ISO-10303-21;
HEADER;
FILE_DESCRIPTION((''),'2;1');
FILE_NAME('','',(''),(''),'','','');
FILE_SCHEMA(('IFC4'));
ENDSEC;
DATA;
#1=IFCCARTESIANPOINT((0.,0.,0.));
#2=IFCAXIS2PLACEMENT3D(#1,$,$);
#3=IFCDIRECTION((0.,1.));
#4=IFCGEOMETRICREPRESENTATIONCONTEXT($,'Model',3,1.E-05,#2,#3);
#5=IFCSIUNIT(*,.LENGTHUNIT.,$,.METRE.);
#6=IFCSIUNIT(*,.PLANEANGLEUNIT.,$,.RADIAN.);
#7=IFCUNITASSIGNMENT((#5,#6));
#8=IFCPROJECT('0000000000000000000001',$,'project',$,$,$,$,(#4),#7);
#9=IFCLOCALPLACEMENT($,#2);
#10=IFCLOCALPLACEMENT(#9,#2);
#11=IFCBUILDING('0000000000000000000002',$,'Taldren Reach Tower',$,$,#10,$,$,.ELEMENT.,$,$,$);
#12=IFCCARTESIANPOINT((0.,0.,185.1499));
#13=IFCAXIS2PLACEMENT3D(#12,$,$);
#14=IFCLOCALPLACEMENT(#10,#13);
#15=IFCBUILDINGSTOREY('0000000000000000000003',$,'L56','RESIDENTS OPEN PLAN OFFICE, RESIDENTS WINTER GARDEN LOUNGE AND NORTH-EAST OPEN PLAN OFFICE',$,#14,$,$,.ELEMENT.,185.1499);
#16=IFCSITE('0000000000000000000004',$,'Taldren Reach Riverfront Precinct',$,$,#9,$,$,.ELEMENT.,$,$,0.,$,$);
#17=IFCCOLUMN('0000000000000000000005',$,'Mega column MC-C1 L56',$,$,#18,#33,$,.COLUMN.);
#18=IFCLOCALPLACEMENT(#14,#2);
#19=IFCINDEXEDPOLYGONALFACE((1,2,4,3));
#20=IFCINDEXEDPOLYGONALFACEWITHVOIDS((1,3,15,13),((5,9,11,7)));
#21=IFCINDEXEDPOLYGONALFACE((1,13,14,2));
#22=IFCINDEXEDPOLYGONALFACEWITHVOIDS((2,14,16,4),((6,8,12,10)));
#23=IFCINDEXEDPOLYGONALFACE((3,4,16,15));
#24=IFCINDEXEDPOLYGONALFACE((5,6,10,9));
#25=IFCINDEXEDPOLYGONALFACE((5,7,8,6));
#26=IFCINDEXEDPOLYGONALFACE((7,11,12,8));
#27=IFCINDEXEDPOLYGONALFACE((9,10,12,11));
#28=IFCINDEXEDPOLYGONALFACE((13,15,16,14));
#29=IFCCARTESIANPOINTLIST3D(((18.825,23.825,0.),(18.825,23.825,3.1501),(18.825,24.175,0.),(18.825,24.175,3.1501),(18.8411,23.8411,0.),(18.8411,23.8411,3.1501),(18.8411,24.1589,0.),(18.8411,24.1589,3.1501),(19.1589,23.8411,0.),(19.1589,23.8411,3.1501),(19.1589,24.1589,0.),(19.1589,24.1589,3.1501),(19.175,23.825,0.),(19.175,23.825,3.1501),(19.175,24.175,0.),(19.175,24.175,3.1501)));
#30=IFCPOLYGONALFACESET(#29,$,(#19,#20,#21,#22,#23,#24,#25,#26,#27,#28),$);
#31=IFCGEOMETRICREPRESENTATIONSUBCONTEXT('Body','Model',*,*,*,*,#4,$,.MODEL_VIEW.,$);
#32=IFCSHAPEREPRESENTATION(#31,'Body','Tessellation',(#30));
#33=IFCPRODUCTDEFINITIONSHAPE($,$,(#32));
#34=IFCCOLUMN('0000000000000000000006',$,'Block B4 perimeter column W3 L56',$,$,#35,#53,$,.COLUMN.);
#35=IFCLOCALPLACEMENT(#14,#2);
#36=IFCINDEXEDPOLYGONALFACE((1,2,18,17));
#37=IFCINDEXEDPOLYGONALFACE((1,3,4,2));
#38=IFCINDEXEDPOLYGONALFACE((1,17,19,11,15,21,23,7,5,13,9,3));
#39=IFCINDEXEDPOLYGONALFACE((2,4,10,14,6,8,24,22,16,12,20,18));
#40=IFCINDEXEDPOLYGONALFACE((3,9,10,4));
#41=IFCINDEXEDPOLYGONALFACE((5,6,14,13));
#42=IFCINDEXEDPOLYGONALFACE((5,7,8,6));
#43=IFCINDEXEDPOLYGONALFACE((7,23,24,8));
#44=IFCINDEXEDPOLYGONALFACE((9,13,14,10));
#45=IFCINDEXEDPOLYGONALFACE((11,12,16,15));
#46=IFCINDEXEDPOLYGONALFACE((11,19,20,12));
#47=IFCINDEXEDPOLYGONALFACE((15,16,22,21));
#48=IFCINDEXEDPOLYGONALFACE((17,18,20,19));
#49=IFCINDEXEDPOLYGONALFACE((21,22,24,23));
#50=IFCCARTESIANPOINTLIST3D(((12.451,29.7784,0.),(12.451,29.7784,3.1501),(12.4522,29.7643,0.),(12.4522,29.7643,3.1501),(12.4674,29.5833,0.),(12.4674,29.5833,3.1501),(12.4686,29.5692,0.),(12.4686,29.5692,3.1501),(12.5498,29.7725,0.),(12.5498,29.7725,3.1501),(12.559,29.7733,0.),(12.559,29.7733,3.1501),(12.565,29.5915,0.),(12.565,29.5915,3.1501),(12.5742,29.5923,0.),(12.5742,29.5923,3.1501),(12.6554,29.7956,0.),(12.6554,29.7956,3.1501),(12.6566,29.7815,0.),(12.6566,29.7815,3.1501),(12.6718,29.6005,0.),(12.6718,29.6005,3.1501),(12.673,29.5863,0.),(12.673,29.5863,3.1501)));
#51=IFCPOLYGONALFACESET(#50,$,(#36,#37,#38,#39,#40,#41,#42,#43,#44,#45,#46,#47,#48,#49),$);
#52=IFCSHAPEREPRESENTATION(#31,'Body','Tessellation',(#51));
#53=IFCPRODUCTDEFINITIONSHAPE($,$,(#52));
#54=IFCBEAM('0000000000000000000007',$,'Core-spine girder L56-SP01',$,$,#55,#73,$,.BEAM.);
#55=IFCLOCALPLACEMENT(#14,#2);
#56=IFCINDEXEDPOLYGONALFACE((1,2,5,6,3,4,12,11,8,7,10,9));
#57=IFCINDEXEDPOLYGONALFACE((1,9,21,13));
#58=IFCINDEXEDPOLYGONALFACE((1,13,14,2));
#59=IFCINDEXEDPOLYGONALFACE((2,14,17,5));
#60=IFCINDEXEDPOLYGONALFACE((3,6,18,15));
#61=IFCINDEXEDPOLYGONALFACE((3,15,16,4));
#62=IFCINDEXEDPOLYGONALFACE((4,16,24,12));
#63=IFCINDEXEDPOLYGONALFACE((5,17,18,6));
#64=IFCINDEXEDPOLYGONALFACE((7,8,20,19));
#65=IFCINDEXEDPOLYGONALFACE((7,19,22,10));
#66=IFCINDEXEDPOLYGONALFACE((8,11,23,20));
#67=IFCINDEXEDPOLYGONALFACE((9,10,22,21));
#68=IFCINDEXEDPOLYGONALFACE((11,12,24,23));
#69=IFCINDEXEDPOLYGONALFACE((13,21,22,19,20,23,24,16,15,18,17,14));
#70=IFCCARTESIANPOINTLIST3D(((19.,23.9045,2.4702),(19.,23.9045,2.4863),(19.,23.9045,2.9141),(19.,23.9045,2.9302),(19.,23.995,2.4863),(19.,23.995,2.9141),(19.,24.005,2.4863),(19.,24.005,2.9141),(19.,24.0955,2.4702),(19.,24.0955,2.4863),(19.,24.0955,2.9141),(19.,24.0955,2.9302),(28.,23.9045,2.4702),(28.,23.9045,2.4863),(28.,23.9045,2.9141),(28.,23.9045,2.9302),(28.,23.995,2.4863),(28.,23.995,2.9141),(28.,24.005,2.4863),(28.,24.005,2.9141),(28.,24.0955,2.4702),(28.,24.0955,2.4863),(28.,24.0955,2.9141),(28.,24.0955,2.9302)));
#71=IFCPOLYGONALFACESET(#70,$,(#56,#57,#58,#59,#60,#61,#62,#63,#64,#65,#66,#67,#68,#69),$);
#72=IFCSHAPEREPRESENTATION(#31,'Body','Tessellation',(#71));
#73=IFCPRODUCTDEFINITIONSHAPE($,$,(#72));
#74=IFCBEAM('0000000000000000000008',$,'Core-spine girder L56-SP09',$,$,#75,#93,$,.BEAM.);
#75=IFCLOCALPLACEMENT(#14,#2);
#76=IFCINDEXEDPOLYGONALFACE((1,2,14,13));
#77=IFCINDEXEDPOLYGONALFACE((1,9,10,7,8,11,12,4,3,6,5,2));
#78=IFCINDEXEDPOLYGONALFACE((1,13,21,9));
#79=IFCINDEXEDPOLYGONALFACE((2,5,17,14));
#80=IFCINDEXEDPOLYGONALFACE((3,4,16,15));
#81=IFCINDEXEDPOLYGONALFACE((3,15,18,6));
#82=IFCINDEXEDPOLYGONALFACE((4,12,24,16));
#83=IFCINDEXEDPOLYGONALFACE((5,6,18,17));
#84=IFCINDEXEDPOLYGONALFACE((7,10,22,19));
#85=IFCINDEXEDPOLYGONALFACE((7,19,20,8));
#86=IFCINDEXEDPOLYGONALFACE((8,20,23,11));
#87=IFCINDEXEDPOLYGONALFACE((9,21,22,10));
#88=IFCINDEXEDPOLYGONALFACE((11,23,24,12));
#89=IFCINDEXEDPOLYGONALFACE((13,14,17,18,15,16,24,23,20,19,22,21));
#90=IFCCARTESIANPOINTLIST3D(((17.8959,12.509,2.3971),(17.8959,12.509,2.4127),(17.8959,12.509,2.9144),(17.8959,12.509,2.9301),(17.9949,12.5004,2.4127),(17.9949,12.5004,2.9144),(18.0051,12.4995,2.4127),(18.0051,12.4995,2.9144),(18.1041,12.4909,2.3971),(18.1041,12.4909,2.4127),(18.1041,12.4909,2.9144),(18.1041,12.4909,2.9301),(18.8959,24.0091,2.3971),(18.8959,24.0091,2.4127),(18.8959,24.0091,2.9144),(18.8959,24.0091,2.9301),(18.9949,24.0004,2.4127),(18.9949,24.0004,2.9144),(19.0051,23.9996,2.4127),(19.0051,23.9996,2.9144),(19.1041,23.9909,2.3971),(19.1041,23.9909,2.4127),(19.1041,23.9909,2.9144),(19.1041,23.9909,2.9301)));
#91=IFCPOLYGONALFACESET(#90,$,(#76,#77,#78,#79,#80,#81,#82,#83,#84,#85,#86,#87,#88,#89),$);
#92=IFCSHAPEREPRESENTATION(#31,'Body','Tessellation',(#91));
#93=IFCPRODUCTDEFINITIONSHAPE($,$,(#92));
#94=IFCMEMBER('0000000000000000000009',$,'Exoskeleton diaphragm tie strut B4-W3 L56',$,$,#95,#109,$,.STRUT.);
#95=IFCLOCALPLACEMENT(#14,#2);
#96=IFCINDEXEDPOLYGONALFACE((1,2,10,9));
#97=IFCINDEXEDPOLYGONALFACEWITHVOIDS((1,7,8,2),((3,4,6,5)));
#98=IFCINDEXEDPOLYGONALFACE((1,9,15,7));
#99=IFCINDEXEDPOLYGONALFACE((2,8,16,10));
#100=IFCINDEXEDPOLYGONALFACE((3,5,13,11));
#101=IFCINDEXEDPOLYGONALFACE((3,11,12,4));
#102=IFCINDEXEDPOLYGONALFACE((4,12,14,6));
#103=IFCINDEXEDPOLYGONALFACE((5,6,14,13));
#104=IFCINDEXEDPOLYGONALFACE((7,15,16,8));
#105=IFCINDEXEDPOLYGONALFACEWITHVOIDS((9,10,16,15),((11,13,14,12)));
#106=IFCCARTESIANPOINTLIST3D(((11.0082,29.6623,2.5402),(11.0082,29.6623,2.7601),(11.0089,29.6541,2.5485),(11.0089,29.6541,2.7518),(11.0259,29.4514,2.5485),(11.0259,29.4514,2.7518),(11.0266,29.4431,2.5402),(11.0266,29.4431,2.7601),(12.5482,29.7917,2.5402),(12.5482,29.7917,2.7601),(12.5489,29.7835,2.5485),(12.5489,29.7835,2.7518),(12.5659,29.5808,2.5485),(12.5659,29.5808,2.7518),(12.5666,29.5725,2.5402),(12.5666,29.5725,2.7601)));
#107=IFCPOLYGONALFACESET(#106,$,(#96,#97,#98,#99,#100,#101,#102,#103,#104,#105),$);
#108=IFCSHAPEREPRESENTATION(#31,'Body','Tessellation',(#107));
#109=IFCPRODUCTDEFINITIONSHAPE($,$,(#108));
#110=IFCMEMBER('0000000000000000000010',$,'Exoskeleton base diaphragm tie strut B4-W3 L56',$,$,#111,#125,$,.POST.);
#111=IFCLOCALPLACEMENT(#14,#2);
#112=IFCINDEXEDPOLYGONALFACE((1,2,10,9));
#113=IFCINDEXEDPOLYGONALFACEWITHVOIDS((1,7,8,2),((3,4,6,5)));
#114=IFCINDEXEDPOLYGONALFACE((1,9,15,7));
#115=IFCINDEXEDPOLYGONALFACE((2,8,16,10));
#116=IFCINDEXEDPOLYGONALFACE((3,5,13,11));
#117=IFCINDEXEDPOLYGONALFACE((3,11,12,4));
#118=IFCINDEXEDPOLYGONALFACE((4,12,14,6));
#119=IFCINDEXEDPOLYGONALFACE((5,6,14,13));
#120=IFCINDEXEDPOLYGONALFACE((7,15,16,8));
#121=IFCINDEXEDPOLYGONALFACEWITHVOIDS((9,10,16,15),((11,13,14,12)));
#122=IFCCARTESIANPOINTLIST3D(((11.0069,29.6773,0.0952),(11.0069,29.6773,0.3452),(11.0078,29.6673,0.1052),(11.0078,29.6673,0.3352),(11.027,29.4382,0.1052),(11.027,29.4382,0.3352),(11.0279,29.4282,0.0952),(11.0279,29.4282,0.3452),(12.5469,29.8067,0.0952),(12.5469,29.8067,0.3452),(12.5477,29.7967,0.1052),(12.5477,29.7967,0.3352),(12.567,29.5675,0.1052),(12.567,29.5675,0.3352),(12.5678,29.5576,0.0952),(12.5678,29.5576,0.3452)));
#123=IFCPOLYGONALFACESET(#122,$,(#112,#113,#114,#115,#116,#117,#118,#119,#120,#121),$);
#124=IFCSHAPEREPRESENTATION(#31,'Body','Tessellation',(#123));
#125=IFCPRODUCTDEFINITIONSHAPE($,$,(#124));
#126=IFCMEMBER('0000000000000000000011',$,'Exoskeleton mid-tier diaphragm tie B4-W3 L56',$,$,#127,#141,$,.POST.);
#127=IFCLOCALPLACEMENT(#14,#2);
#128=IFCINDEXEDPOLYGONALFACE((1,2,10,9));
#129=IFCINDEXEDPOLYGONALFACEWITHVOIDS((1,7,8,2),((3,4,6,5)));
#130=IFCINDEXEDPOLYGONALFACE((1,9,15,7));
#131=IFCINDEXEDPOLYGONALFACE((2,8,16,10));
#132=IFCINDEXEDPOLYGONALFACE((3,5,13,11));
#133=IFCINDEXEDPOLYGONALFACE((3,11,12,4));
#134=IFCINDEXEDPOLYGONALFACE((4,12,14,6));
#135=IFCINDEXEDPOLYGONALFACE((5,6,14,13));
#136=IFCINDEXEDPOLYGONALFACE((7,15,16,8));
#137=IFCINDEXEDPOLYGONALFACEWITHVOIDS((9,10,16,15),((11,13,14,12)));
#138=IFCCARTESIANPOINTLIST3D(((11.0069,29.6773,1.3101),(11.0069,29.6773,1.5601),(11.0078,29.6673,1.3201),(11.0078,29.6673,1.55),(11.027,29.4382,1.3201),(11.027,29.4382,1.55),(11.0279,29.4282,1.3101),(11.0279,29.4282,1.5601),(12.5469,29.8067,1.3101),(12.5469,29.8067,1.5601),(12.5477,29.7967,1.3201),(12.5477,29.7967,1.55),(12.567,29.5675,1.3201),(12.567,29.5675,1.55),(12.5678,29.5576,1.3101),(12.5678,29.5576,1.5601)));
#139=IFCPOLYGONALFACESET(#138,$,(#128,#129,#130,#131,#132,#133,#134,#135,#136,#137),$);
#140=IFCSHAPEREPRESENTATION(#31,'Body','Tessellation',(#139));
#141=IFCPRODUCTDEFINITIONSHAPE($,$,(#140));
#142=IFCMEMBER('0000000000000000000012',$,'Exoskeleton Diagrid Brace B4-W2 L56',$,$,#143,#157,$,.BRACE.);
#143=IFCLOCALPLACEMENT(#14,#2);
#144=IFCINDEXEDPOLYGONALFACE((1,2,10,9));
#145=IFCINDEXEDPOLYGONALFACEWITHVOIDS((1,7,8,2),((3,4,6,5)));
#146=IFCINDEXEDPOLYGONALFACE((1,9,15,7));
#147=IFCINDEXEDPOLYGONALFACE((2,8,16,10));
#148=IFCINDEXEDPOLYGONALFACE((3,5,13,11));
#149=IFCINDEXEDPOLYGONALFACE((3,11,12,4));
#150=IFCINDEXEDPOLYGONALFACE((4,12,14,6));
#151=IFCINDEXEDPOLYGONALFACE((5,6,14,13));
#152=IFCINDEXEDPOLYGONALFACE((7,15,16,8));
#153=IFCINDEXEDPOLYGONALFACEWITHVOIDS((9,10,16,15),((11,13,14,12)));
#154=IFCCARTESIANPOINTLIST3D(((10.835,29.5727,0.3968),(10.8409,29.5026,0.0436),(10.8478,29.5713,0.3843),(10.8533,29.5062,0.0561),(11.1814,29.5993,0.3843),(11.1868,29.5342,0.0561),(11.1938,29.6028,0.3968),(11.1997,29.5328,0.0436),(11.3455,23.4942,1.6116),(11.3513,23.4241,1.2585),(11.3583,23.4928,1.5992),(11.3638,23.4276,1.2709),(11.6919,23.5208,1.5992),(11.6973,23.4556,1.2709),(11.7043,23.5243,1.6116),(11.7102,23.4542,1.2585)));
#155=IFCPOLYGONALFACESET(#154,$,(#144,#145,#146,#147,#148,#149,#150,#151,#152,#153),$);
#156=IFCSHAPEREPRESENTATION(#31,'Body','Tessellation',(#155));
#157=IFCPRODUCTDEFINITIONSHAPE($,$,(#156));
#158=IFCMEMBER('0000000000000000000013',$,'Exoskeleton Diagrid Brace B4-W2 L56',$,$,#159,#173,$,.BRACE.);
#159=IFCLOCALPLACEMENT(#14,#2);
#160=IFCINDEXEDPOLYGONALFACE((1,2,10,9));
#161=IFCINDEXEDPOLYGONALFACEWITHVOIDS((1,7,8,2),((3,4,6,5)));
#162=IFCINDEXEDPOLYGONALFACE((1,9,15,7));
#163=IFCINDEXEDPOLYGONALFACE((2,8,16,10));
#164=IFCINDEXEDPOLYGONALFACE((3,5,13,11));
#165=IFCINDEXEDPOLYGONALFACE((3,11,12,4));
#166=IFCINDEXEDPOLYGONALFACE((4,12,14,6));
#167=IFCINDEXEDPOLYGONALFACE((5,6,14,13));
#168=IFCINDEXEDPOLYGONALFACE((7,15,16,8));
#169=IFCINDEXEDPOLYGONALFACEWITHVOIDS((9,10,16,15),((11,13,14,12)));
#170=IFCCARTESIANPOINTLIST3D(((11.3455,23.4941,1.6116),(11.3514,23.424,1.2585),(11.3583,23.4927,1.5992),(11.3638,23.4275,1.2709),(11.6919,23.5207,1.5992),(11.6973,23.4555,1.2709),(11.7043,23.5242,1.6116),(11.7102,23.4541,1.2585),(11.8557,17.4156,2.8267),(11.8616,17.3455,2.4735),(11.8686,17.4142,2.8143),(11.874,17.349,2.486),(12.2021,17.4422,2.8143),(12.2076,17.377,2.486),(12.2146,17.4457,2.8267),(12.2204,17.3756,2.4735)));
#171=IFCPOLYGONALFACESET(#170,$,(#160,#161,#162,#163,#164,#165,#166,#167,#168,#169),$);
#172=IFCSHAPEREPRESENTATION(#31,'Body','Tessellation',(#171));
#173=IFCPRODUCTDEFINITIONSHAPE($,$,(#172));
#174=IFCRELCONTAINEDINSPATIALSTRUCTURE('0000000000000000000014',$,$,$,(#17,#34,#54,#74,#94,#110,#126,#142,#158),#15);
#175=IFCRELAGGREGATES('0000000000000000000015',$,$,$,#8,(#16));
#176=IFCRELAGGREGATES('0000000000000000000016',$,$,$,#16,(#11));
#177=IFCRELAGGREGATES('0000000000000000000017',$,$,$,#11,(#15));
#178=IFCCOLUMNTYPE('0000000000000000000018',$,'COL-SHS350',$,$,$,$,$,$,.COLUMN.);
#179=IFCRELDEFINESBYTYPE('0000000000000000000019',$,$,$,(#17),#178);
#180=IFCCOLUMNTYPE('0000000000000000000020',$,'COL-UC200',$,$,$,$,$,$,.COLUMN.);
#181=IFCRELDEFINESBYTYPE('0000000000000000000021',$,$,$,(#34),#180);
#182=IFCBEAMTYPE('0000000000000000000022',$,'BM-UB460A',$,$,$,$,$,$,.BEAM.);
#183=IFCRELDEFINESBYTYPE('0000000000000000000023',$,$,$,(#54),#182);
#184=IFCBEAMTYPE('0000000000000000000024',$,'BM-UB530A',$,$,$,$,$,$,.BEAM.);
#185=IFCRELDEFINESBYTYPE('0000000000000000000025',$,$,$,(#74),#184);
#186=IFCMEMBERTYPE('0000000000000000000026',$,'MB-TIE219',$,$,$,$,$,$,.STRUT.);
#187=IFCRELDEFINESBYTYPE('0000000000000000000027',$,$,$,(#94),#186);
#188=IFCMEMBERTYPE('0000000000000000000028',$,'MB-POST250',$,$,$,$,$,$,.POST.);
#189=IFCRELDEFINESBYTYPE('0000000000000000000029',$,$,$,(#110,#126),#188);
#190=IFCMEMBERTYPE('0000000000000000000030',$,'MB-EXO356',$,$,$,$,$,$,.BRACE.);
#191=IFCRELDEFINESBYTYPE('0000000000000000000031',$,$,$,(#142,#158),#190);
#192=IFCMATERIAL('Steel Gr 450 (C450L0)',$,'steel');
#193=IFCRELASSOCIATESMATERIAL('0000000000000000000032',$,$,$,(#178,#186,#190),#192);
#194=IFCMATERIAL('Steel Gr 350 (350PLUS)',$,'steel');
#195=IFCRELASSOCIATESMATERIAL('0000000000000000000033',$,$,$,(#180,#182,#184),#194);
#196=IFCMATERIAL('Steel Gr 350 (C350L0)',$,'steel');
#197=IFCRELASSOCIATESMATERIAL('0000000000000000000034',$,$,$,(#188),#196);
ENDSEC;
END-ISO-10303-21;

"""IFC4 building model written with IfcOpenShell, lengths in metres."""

from ifc_helpers import new_model, si_unit, direction, frame, origin, origin_2d, place, context, subcontext, project, spatial, hollow_rectangle, i_section, extrude, source, transform, mapped, material, material_profile, profile_set, type_object, element, save


model = new_model("IFC4")

# Units and contexts
model_context = context("Model", 3, precision=1e-05, world=origin(), true_north=direction((0.0, 1.0)))
body_context = subcontext(model_context, "Body", "Model", "MODEL_VIEW")
ifc_project = project(units=[si_unit("LENGTHUNIT", "METRE"), si_unit("PLANEANGLEUNIT", "RADIAN")], contexts=[model_context])

# Site, building, storey
site_placement = place(None, origin())
site = spatial("IfcSite", under=ifc_project, at=site_placement, Name="Taldren Reach Riverfront Precinct", CompositionType="ELEMENT", RefElevation=0.0)
building_placement = place(site_placement, origin())
building = spatial("IfcBuilding", under=site, at=building_placement, Name="Taldren Reach Tower", CompositionType="ELEMENT")
storey_placement = place(building_placement, frame((0.0, 0.0, 185.1499)))
storey = spatial("IfcBuildingStorey", under=building, at=storey_placement, Name="L56", Description="RESIDENTS OPEN PLAN OFFICE, RESIDENTS WINTER GARDEN LOUNGE AND NORTH-EAST OPEN PLAN OFFICE", CompositionType="ELEMENT", Elevation=185.1499)

# Columns
ifc_material_1 = material(Name="Steel Gr 450 (C450L0)", Category="steel")
ifc_material_profile_1 = material_profile(ifc_material_1, hollow_rectangle(XDim=0.3501, YDim=0.3501, WallThickness=0.0161, at=origin_2d()), Name="350x350x16.0SHS")
ifc_profile_set_1 = profile_set([ifc_material_profile_1], Name="Steel Gr 450 (C450L0)")
column_type_1 = type_object("IfcColumnType", Name="COL-SHS350", PredefinedType="COLUMN", material=ifc_profile_set_1)
shared_shape_1 = source(origin(), body_context, "Body", "SweptSolid", [
    extrude(hollow_rectangle(XDim=0.3501, YDim=0.3501, WallThickness=0.0161, at=origin_2d()), origin(), (0.0, 0.0, 1.0), 3.1501),
])
column_1_placement = place(storey_placement, frame((19.0, 24.0, 0.0), z_axis=(0.0, 0.0, 1.0), x_axis=(1.0, 0.0, 0.0)))
element("IfcColumn", 1, at=column_1_placement, inside=storey, type_object=column_type_1, Name="Mega column MC-C1 L56", PredefinedType="COLUMN", context=body_context, shape_type="MappedRepresentation", body=[
    mapped(shared_shape_1, transform((0.0, 0.0, 0.0), scale=1.0)),
])
ifc_material_2 = material(Name="Steel Gr 350 (350PLUS)", Category="steel")
ifc_material_profile_2 = material_profile(ifc_material_2, i_section(OverallWidth=0.2051, OverallDepth=0.21, WebThickness=0.0093, FlangeThickness=0.0142, at=origin_2d()), Name="200UC59.5")
ifc_profile_set_2 = profile_set([ifc_material_profile_2], Name="Steel Gr 350 (350PLUS)")
column_type_2 = type_object("IfcColumnType", Name="COL-UC200", PredefinedType="COLUMN", material=ifc_profile_set_2)
shared_shape_2 = source(origin(), body_context, "Body", "SweptSolid", [
    extrude(i_section(OverallWidth=0.2051, OverallDepth=0.21, WebThickness=0.0093, FlangeThickness=0.0142, at=origin_2d()), origin(), (0.0, 0.0, 1.0), 3.1501),
])
column_2_placement = place(storey_placement, frame((12.562, 29.6824, 0.0), z_axis=(0.0, 0.0, 1.0), x_axis=(0.996493, 0.083678, 0.0)))
element("IfcColumn", 2, at=column_2_placement, inside=storey, type_object=column_type_2, Name="Block B4 perimeter column W3 L56", PredefinedType="COLUMN", context=body_context, shape_type="MappedRepresentation", body=[
    mapped(shared_shape_2, transform((0.0, 0.0, 0.0), scale=1.0)),
])

# Beams
ifc_material_profile_3 = material_profile(ifc_material_2, i_section(OverallWidth=0.1909, OverallDepth=0.46, WebThickness=0.01, FlangeThickness=0.0161, at=origin_2d()), Name="460UB82.1")
ifc_profile_set_3 = profile_set([ifc_material_profile_3], Name="Steel Gr 350 (350PLUS)")
beam_type_1 = type_object("IfcBeamType", Name="BM-UB460A", PredefinedType="BEAM", material=ifc_profile_set_3)
shared_shape_3 = source(origin(), body_context, "Body", "SweptSolid", [
    extrude(i_section(OverallWidth=0.1909, OverallDepth=0.46, WebThickness=0.01, FlangeThickness=0.0161, at=origin_2d()), origin(), (0.0, 0.0, 1.0), 9.0),
])
beam_1_placement = place(storey_placement, frame((19.0, 24.0, 2.7002), z_axis=(1.0, 0.0, 0.0), x_axis=(0.0, 1.0, 0.0)))
element("IfcBeam", 3, at=beam_1_placement, inside=storey, type_object=beam_type_1, Name="Core-spine girder L56-SP01", PredefinedType="BEAM", context=body_context, shape_type="MappedRepresentation", body=[
    mapped(shared_shape_3, transform((0.0, 0.0, 0.0), scale=1.0)),
])
ifc_material_profile_4 = material_profile(ifc_material_2, i_section(OverallWidth=0.209, OverallDepth=0.533, WebThickness=0.0103, FlangeThickness=0.0156, at=origin_2d()), Name="530UB92.4")
ifc_profile_set_4 = profile_set([ifc_material_profile_4], Name="Steel Gr 350 (350PLUS)")
beam_type_2 = type_object("IfcBeamType", Name="BM-UB530A", PredefinedType="BEAM", material=ifc_profile_set_4)
shared_shape_4 = source(origin(), body_context, "Body", "SweptSolid", [
    extrude(i_section(OverallWidth=0.209, OverallDepth=0.533, WebThickness=0.0103, FlangeThickness=0.0156, at=origin_2d()), origin(), (0.0, 0.0, 1.0), 11.5435),
])
beam_2_placement = place(storey_placement, frame((19.0, 24.0, 2.6636), z_axis=(-0.08663, -0.996241, 0.0), x_axis=(0.996241, -0.08663, 0.0)))
element("IfcBeam", 4, at=beam_2_placement, inside=storey, type_object=beam_type_2, Name="Core-spine girder L56-SP09", PredefinedType="BEAM", context=body_context, shape_type="MappedRepresentation", body=[
    mapped(shared_shape_4, transform((0.0, 0.0, 0.0), scale=1.0)),
])

# Members
ifc_material_profile_5 = material_profile(ifc_material_1, hollow_rectangle(XDim=0.22, YDim=0.22, WallThickness=0.0083, at=origin_2d()), Name="220x220x8.2SHS")
ifc_profile_set_5 = profile_set([ifc_material_profile_5], Name="Steel Gr 450 (C450L0)")
member_type_1 = type_object("IfcMemberType", Name="MB-TIE219", PredefinedType="STRUT", material=ifc_profile_set_5)
shared_shape_5 = source(origin(), body_context, "Body", "SweptSolid", [
    extrude(hollow_rectangle(XDim=0.22, YDim=0.22, WallThickness=0.0083, at=origin_2d()), origin(), (0.0, 0.0, 1.0), 1.5454),
])
member_1_placement = place(storey_placement, frame((12.5574, 29.6821, 2.6501), z_axis=(-0.996489, -0.083725, 0.0), x_axis=(0.083725, -0.996489, 0.0)))
element("IfcMember", 5, at=member_1_placement, inside=storey, type_object=member_type_1, Name="Exoskeleton diaphragm tie strut B4-W3 L56", PredefinedType="STRUT", context=body_context, shape_type="MappedRepresentation", body=[
    mapped(shared_shape_5, transform((0.0, 0.0, 0.0), scale=1.0)),
])
ifc_material_3 = material(Name="Steel Gr 350 (C350L0)", Category="steel")
ifc_material_profile_6 = material_profile(ifc_material_3, hollow_rectangle(XDim=0.25, YDim=0.25, WallThickness=0.01, at=origin_2d()), Name="250x250x10.0SHS")
ifc_profile_set_6 = profile_set([ifc_material_profile_6], Name="Steel Gr 350 (C350L0)")
member_type_2 = type_object("IfcMemberType", Name="MB-POST250", PredefinedType="POST", material=ifc_profile_set_6)
shared_shape_6 = source(origin(), body_context, "Body", "SweptSolid", [
    extrude(hollow_rectangle(XDim=0.25, YDim=0.25, WallThickness=0.01, at=origin_2d()), origin(), (0.0, 0.0, 1.0), 1.5454),
])
for number, where, z_axis, x_axis, name in (
    (6, (12.5574, 29.6821, 0.2202), (-0.996489, -0.083725, 0.0), (0.083725, -0.996489, 0.0), "Exoskeleton base diaphragm tie strut B4-W3 L56"),
    (7, (12.5574, 29.6821, 1.4351), (-0.996489, -0.083725, 0.0), (0.083725, -0.996489, 0.0), "Exoskeleton mid-tier diaphragm tie B4-W3 L56"),
):
    element("IfcMember", number, at=place(storey_placement, frame(where, z_axis=z_axis, x_axis=x_axis)), inside=storey, type_object=member_type_2, Name=name, PredefinedType="POST", context=body_context, shape_type="MappedRepresentation", body=[
        mapped(shared_shape_6, transform((0.0, 0.0, 0.0), scale=1.0)),
    ])
ifc_material_profile_7 = material_profile(ifc_material_1, hollow_rectangle(XDim=0.3601, YDim=0.3601, WallThickness=0.0127, at=origin_2d()), Name="360x360x12.7SHS")
ifc_profile_set_7 = profile_set([ifc_material_profile_7], Name="Steel Gr 450 (C450L0)")
member_type_3 = type_object("IfcMemberType", Name="MB-EXO356", PredefinedType="BRACE", material=ifc_profile_set_7)
shared_shape_7 = source(origin(), body_context, "Body", "SweptSolid", [
    extrude(hollow_rectangle(XDim=0.3601, YDim=0.3601, WallThickness=0.0127, at=origin_2d()), origin(), (0.0, 0.0, 1.0), 6.2197),
])
for number, where, z_axis, x_axis, name in (
    (8, (11.0173, 29.5527, 0.2202), (0.082076, -0.977299, 0.195319), (0.996492, 0.083688, 0.0), "Exoskeleton Diagrid Brace B4-W2 L56"),
    (9, (11.5278, 23.4741, 1.4351), (0.082037, -0.977295, 0.195357), (0.996495, 0.083648, 0.0), "Exoskeleton Diagrid Brace B4-W2 L56"),
):
    element("IfcMember", number, at=place(storey_placement, frame(where, z_axis=z_axis, x_axis=x_axis)), inside=storey, type_object=member_type_3, Name=name, PredefinedType="BRACE", context=body_context, shape_type="MappedRepresentation", body=[
        mapped(shared_shape_7, transform((0.0, 0.0, 0.0), scale=1.0)),
    ])

save(model, "model.ifc")
